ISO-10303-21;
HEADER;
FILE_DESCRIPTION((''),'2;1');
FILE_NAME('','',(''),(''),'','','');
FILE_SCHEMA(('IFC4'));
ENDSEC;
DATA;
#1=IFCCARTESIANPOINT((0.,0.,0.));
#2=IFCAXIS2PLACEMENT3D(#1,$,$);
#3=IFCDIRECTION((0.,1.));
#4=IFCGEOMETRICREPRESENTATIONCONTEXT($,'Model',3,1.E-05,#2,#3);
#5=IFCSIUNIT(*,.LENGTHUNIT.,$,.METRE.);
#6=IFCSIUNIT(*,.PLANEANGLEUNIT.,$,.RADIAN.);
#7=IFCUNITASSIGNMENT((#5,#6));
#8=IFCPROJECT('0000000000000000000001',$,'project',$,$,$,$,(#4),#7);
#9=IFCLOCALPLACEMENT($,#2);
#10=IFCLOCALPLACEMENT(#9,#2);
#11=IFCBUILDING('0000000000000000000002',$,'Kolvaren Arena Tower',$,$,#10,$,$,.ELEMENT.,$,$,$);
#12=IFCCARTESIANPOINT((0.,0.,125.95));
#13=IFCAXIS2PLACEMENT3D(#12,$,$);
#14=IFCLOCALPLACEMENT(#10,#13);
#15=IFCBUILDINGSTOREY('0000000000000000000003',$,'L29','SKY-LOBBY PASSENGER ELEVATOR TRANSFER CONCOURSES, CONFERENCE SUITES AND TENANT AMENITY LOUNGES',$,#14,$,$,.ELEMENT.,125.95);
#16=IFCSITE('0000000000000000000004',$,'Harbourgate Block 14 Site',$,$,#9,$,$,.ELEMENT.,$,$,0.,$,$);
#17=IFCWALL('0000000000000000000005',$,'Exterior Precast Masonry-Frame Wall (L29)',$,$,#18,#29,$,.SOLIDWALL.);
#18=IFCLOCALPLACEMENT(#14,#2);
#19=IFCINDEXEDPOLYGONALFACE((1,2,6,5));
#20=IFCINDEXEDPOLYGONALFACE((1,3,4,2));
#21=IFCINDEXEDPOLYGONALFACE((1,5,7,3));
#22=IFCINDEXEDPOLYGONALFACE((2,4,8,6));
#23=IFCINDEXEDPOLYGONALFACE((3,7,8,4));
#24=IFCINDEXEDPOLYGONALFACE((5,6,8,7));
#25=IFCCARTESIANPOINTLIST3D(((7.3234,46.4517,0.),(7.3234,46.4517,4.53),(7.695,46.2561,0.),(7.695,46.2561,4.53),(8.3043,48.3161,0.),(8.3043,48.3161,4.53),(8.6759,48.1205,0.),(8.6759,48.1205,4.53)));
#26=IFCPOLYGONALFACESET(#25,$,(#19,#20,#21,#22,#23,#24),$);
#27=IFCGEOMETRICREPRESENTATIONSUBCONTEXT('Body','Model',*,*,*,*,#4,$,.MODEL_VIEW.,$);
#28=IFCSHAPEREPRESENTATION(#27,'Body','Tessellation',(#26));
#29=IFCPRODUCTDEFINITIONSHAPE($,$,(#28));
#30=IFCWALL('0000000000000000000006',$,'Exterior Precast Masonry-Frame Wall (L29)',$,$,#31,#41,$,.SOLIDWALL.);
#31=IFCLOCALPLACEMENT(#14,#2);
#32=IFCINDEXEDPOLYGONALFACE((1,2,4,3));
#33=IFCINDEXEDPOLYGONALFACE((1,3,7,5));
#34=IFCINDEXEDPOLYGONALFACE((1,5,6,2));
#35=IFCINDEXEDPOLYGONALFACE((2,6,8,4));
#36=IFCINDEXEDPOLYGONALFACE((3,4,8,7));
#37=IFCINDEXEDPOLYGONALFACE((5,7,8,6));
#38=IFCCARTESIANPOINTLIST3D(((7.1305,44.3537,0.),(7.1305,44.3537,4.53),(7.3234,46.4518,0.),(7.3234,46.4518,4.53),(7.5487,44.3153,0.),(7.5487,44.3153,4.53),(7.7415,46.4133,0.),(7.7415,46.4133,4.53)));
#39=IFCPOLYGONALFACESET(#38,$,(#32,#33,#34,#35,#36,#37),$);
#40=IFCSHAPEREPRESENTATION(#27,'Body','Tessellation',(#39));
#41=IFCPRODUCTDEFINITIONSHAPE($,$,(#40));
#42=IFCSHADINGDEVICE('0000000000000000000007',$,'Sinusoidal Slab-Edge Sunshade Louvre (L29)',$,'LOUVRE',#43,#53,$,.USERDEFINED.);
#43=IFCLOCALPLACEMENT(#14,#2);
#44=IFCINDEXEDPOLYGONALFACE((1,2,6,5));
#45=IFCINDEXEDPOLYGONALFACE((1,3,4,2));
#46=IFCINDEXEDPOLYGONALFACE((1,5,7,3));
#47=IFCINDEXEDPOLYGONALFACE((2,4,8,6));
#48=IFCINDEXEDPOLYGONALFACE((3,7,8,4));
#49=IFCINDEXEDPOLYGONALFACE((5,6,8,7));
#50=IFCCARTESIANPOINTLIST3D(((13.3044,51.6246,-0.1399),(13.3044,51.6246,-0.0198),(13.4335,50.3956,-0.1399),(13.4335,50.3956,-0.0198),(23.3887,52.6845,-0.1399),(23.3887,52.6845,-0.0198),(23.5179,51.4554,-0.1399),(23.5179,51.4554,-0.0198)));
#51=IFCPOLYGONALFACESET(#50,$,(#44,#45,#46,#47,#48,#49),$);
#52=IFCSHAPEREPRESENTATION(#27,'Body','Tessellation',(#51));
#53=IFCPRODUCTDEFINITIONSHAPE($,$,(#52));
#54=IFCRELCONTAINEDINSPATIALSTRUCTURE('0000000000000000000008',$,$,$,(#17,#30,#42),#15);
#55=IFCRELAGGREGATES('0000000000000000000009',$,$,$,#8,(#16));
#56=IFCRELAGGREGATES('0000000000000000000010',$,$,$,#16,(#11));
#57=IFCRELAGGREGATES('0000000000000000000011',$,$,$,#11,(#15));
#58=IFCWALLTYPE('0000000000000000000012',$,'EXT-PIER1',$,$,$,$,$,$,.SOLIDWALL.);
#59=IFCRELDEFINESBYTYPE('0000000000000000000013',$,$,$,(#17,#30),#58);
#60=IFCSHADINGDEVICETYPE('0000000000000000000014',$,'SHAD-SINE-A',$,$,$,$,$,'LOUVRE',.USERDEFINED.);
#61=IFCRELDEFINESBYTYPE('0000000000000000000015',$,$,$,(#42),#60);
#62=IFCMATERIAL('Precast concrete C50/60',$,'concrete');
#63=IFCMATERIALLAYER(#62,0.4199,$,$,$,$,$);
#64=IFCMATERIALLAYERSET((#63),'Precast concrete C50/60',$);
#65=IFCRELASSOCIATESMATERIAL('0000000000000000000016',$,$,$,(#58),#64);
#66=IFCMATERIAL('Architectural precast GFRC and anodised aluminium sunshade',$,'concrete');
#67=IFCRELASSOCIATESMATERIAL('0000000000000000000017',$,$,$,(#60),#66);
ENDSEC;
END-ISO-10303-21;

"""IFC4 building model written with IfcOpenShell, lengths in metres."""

from ifc_helpers import new_model, si_unit, direction, frame, frame_2d, origin, origin_2d, place, context, subcontext, project, spatial, rectangle, extrude, material, layer, layer_set, type_object, element, save


model = new_model("IFC4")

# Units and contexts
model_context = context("Model", 3, precision=1e-05, world=origin(), true_north=direction((0.0, 1.0)))
body_context = subcontext(model_context, "Body", "Model", "MODEL_VIEW")
ifc_project = project(units=[si_unit("LENGTHUNIT", "METRE"), si_unit("PLANEANGLEUNIT", "RADIAN")], contexts=[model_context])

# Site, building, storey
site_placement = place(None, origin())
site = spatial("IfcSite", under=ifc_project, at=site_placement, Name="Harbourgate Block 14 Site", CompositionType="ELEMENT", RefElevation=0.0)
building_placement = place(site_placement, origin())
building = spatial("IfcBuilding", under=site, at=building_placement, Name="Kolvaren Arena Tower", CompositionType="ELEMENT")
storey_placement = place(building_placement, frame((0.0, 0.0, 125.95)))
storey = spatial("IfcBuildingStorey", under=building, at=storey_placement, Name="L29", Description="SKY-LOBBY PASSENGER ELEVATOR TRANSFER CONCOURSES, CONFERENCE SUITES AND TENANT AMENITY LOUNGES", CompositionType="ELEMENT", Elevation=125.95)

# Shared definitions
ifc_material_1 = material(Name="Precast concrete C50/60", Category="concrete")
ifc_layer_1 = layer(ifc_material_1, 0.4199)
ifc_layer_set_1 = layer_set([ifc_layer_1], Name="Precast concrete C50/60")
wall_type_1 = type_object("IfcWallType", Name="EXT-PIER1", PredefinedType="SOLIDWALL", material=ifc_layer_set_1)

# Walls
wall_1_placement = place(storey_placement, frame((7.5093, 46.354, 0.0), z_axis=(0.0, 0.0, 1.0), x_axis=(0.465613, 0.884989, 0.0)))
element("IfcWall", 1, at=wall_1_placement, inside=storey, type_object=wall_type_1, Name="Exterior Precast Masonry-Frame Wall (L29)", PredefinedType="SOLIDWALL", context=body_context, shape_type="SweptSolid", body=[
    extrude(rectangle(XDim=2.1067, YDim=0.4199, at=frame_2d((1.0532, 0.0))), origin(), (0.0, 0.0, 1.0), 4.53),
])
wall_2_placement = place(storey_placement, frame((7.3396, 44.3345, 0.0), z_axis=(0.0, 0.0, 1.0), x_axis=(0.091539, 0.995802, 0.0)))
element("IfcWall", 2, at=wall_2_placement, inside=storey, type_object=wall_type_1, Name="Exterior Precast Masonry-Frame Wall (L29)", PredefinedType="SOLIDWALL", context=body_context, shape_type="SweptSolid", body=[
    extrude(rectangle(XDim=2.1069, YDim=0.4199, at=frame_2d((1.0535, 0.0))), origin(), (0.0, 0.0, 1.0), 4.53),
])

# Shading device
ifc_material_2 = material(Name="Architectural precast GFRC and anodised aluminium sunshade", Category="concrete")
shading_device_type = type_object("IfcShadingDeviceType", Name="SHAD-SINE-A", ElementType="LOUVRE", PredefinedType="USERDEFINED", material=ifc_material_2)
shading_device_placement = place(storey_placement, frame((18.4111, 51.54, -0.1399), z_axis=(0.0, 0.0, 1.0), x_axis=(0.994522, 0.104527, 0.0)))
element("IfcShadingDevice", 3, at=shading_device_placement, inside=storey, type_object=shading_device_type, Name="Sinusoidal Slab-Edge Sunshade Louvre (L29)", ObjectType="LOUVRE", PredefinedType="USERDEFINED", context=body_context, shape_type="SweptSolid", body=[
    extrude(rectangle(XDim=10.1399, YDim=1.2358, at=origin_2d()), origin(), (0.0, 0.0, 1.0), 0.1201),
])

save(model, "model.ifc")
